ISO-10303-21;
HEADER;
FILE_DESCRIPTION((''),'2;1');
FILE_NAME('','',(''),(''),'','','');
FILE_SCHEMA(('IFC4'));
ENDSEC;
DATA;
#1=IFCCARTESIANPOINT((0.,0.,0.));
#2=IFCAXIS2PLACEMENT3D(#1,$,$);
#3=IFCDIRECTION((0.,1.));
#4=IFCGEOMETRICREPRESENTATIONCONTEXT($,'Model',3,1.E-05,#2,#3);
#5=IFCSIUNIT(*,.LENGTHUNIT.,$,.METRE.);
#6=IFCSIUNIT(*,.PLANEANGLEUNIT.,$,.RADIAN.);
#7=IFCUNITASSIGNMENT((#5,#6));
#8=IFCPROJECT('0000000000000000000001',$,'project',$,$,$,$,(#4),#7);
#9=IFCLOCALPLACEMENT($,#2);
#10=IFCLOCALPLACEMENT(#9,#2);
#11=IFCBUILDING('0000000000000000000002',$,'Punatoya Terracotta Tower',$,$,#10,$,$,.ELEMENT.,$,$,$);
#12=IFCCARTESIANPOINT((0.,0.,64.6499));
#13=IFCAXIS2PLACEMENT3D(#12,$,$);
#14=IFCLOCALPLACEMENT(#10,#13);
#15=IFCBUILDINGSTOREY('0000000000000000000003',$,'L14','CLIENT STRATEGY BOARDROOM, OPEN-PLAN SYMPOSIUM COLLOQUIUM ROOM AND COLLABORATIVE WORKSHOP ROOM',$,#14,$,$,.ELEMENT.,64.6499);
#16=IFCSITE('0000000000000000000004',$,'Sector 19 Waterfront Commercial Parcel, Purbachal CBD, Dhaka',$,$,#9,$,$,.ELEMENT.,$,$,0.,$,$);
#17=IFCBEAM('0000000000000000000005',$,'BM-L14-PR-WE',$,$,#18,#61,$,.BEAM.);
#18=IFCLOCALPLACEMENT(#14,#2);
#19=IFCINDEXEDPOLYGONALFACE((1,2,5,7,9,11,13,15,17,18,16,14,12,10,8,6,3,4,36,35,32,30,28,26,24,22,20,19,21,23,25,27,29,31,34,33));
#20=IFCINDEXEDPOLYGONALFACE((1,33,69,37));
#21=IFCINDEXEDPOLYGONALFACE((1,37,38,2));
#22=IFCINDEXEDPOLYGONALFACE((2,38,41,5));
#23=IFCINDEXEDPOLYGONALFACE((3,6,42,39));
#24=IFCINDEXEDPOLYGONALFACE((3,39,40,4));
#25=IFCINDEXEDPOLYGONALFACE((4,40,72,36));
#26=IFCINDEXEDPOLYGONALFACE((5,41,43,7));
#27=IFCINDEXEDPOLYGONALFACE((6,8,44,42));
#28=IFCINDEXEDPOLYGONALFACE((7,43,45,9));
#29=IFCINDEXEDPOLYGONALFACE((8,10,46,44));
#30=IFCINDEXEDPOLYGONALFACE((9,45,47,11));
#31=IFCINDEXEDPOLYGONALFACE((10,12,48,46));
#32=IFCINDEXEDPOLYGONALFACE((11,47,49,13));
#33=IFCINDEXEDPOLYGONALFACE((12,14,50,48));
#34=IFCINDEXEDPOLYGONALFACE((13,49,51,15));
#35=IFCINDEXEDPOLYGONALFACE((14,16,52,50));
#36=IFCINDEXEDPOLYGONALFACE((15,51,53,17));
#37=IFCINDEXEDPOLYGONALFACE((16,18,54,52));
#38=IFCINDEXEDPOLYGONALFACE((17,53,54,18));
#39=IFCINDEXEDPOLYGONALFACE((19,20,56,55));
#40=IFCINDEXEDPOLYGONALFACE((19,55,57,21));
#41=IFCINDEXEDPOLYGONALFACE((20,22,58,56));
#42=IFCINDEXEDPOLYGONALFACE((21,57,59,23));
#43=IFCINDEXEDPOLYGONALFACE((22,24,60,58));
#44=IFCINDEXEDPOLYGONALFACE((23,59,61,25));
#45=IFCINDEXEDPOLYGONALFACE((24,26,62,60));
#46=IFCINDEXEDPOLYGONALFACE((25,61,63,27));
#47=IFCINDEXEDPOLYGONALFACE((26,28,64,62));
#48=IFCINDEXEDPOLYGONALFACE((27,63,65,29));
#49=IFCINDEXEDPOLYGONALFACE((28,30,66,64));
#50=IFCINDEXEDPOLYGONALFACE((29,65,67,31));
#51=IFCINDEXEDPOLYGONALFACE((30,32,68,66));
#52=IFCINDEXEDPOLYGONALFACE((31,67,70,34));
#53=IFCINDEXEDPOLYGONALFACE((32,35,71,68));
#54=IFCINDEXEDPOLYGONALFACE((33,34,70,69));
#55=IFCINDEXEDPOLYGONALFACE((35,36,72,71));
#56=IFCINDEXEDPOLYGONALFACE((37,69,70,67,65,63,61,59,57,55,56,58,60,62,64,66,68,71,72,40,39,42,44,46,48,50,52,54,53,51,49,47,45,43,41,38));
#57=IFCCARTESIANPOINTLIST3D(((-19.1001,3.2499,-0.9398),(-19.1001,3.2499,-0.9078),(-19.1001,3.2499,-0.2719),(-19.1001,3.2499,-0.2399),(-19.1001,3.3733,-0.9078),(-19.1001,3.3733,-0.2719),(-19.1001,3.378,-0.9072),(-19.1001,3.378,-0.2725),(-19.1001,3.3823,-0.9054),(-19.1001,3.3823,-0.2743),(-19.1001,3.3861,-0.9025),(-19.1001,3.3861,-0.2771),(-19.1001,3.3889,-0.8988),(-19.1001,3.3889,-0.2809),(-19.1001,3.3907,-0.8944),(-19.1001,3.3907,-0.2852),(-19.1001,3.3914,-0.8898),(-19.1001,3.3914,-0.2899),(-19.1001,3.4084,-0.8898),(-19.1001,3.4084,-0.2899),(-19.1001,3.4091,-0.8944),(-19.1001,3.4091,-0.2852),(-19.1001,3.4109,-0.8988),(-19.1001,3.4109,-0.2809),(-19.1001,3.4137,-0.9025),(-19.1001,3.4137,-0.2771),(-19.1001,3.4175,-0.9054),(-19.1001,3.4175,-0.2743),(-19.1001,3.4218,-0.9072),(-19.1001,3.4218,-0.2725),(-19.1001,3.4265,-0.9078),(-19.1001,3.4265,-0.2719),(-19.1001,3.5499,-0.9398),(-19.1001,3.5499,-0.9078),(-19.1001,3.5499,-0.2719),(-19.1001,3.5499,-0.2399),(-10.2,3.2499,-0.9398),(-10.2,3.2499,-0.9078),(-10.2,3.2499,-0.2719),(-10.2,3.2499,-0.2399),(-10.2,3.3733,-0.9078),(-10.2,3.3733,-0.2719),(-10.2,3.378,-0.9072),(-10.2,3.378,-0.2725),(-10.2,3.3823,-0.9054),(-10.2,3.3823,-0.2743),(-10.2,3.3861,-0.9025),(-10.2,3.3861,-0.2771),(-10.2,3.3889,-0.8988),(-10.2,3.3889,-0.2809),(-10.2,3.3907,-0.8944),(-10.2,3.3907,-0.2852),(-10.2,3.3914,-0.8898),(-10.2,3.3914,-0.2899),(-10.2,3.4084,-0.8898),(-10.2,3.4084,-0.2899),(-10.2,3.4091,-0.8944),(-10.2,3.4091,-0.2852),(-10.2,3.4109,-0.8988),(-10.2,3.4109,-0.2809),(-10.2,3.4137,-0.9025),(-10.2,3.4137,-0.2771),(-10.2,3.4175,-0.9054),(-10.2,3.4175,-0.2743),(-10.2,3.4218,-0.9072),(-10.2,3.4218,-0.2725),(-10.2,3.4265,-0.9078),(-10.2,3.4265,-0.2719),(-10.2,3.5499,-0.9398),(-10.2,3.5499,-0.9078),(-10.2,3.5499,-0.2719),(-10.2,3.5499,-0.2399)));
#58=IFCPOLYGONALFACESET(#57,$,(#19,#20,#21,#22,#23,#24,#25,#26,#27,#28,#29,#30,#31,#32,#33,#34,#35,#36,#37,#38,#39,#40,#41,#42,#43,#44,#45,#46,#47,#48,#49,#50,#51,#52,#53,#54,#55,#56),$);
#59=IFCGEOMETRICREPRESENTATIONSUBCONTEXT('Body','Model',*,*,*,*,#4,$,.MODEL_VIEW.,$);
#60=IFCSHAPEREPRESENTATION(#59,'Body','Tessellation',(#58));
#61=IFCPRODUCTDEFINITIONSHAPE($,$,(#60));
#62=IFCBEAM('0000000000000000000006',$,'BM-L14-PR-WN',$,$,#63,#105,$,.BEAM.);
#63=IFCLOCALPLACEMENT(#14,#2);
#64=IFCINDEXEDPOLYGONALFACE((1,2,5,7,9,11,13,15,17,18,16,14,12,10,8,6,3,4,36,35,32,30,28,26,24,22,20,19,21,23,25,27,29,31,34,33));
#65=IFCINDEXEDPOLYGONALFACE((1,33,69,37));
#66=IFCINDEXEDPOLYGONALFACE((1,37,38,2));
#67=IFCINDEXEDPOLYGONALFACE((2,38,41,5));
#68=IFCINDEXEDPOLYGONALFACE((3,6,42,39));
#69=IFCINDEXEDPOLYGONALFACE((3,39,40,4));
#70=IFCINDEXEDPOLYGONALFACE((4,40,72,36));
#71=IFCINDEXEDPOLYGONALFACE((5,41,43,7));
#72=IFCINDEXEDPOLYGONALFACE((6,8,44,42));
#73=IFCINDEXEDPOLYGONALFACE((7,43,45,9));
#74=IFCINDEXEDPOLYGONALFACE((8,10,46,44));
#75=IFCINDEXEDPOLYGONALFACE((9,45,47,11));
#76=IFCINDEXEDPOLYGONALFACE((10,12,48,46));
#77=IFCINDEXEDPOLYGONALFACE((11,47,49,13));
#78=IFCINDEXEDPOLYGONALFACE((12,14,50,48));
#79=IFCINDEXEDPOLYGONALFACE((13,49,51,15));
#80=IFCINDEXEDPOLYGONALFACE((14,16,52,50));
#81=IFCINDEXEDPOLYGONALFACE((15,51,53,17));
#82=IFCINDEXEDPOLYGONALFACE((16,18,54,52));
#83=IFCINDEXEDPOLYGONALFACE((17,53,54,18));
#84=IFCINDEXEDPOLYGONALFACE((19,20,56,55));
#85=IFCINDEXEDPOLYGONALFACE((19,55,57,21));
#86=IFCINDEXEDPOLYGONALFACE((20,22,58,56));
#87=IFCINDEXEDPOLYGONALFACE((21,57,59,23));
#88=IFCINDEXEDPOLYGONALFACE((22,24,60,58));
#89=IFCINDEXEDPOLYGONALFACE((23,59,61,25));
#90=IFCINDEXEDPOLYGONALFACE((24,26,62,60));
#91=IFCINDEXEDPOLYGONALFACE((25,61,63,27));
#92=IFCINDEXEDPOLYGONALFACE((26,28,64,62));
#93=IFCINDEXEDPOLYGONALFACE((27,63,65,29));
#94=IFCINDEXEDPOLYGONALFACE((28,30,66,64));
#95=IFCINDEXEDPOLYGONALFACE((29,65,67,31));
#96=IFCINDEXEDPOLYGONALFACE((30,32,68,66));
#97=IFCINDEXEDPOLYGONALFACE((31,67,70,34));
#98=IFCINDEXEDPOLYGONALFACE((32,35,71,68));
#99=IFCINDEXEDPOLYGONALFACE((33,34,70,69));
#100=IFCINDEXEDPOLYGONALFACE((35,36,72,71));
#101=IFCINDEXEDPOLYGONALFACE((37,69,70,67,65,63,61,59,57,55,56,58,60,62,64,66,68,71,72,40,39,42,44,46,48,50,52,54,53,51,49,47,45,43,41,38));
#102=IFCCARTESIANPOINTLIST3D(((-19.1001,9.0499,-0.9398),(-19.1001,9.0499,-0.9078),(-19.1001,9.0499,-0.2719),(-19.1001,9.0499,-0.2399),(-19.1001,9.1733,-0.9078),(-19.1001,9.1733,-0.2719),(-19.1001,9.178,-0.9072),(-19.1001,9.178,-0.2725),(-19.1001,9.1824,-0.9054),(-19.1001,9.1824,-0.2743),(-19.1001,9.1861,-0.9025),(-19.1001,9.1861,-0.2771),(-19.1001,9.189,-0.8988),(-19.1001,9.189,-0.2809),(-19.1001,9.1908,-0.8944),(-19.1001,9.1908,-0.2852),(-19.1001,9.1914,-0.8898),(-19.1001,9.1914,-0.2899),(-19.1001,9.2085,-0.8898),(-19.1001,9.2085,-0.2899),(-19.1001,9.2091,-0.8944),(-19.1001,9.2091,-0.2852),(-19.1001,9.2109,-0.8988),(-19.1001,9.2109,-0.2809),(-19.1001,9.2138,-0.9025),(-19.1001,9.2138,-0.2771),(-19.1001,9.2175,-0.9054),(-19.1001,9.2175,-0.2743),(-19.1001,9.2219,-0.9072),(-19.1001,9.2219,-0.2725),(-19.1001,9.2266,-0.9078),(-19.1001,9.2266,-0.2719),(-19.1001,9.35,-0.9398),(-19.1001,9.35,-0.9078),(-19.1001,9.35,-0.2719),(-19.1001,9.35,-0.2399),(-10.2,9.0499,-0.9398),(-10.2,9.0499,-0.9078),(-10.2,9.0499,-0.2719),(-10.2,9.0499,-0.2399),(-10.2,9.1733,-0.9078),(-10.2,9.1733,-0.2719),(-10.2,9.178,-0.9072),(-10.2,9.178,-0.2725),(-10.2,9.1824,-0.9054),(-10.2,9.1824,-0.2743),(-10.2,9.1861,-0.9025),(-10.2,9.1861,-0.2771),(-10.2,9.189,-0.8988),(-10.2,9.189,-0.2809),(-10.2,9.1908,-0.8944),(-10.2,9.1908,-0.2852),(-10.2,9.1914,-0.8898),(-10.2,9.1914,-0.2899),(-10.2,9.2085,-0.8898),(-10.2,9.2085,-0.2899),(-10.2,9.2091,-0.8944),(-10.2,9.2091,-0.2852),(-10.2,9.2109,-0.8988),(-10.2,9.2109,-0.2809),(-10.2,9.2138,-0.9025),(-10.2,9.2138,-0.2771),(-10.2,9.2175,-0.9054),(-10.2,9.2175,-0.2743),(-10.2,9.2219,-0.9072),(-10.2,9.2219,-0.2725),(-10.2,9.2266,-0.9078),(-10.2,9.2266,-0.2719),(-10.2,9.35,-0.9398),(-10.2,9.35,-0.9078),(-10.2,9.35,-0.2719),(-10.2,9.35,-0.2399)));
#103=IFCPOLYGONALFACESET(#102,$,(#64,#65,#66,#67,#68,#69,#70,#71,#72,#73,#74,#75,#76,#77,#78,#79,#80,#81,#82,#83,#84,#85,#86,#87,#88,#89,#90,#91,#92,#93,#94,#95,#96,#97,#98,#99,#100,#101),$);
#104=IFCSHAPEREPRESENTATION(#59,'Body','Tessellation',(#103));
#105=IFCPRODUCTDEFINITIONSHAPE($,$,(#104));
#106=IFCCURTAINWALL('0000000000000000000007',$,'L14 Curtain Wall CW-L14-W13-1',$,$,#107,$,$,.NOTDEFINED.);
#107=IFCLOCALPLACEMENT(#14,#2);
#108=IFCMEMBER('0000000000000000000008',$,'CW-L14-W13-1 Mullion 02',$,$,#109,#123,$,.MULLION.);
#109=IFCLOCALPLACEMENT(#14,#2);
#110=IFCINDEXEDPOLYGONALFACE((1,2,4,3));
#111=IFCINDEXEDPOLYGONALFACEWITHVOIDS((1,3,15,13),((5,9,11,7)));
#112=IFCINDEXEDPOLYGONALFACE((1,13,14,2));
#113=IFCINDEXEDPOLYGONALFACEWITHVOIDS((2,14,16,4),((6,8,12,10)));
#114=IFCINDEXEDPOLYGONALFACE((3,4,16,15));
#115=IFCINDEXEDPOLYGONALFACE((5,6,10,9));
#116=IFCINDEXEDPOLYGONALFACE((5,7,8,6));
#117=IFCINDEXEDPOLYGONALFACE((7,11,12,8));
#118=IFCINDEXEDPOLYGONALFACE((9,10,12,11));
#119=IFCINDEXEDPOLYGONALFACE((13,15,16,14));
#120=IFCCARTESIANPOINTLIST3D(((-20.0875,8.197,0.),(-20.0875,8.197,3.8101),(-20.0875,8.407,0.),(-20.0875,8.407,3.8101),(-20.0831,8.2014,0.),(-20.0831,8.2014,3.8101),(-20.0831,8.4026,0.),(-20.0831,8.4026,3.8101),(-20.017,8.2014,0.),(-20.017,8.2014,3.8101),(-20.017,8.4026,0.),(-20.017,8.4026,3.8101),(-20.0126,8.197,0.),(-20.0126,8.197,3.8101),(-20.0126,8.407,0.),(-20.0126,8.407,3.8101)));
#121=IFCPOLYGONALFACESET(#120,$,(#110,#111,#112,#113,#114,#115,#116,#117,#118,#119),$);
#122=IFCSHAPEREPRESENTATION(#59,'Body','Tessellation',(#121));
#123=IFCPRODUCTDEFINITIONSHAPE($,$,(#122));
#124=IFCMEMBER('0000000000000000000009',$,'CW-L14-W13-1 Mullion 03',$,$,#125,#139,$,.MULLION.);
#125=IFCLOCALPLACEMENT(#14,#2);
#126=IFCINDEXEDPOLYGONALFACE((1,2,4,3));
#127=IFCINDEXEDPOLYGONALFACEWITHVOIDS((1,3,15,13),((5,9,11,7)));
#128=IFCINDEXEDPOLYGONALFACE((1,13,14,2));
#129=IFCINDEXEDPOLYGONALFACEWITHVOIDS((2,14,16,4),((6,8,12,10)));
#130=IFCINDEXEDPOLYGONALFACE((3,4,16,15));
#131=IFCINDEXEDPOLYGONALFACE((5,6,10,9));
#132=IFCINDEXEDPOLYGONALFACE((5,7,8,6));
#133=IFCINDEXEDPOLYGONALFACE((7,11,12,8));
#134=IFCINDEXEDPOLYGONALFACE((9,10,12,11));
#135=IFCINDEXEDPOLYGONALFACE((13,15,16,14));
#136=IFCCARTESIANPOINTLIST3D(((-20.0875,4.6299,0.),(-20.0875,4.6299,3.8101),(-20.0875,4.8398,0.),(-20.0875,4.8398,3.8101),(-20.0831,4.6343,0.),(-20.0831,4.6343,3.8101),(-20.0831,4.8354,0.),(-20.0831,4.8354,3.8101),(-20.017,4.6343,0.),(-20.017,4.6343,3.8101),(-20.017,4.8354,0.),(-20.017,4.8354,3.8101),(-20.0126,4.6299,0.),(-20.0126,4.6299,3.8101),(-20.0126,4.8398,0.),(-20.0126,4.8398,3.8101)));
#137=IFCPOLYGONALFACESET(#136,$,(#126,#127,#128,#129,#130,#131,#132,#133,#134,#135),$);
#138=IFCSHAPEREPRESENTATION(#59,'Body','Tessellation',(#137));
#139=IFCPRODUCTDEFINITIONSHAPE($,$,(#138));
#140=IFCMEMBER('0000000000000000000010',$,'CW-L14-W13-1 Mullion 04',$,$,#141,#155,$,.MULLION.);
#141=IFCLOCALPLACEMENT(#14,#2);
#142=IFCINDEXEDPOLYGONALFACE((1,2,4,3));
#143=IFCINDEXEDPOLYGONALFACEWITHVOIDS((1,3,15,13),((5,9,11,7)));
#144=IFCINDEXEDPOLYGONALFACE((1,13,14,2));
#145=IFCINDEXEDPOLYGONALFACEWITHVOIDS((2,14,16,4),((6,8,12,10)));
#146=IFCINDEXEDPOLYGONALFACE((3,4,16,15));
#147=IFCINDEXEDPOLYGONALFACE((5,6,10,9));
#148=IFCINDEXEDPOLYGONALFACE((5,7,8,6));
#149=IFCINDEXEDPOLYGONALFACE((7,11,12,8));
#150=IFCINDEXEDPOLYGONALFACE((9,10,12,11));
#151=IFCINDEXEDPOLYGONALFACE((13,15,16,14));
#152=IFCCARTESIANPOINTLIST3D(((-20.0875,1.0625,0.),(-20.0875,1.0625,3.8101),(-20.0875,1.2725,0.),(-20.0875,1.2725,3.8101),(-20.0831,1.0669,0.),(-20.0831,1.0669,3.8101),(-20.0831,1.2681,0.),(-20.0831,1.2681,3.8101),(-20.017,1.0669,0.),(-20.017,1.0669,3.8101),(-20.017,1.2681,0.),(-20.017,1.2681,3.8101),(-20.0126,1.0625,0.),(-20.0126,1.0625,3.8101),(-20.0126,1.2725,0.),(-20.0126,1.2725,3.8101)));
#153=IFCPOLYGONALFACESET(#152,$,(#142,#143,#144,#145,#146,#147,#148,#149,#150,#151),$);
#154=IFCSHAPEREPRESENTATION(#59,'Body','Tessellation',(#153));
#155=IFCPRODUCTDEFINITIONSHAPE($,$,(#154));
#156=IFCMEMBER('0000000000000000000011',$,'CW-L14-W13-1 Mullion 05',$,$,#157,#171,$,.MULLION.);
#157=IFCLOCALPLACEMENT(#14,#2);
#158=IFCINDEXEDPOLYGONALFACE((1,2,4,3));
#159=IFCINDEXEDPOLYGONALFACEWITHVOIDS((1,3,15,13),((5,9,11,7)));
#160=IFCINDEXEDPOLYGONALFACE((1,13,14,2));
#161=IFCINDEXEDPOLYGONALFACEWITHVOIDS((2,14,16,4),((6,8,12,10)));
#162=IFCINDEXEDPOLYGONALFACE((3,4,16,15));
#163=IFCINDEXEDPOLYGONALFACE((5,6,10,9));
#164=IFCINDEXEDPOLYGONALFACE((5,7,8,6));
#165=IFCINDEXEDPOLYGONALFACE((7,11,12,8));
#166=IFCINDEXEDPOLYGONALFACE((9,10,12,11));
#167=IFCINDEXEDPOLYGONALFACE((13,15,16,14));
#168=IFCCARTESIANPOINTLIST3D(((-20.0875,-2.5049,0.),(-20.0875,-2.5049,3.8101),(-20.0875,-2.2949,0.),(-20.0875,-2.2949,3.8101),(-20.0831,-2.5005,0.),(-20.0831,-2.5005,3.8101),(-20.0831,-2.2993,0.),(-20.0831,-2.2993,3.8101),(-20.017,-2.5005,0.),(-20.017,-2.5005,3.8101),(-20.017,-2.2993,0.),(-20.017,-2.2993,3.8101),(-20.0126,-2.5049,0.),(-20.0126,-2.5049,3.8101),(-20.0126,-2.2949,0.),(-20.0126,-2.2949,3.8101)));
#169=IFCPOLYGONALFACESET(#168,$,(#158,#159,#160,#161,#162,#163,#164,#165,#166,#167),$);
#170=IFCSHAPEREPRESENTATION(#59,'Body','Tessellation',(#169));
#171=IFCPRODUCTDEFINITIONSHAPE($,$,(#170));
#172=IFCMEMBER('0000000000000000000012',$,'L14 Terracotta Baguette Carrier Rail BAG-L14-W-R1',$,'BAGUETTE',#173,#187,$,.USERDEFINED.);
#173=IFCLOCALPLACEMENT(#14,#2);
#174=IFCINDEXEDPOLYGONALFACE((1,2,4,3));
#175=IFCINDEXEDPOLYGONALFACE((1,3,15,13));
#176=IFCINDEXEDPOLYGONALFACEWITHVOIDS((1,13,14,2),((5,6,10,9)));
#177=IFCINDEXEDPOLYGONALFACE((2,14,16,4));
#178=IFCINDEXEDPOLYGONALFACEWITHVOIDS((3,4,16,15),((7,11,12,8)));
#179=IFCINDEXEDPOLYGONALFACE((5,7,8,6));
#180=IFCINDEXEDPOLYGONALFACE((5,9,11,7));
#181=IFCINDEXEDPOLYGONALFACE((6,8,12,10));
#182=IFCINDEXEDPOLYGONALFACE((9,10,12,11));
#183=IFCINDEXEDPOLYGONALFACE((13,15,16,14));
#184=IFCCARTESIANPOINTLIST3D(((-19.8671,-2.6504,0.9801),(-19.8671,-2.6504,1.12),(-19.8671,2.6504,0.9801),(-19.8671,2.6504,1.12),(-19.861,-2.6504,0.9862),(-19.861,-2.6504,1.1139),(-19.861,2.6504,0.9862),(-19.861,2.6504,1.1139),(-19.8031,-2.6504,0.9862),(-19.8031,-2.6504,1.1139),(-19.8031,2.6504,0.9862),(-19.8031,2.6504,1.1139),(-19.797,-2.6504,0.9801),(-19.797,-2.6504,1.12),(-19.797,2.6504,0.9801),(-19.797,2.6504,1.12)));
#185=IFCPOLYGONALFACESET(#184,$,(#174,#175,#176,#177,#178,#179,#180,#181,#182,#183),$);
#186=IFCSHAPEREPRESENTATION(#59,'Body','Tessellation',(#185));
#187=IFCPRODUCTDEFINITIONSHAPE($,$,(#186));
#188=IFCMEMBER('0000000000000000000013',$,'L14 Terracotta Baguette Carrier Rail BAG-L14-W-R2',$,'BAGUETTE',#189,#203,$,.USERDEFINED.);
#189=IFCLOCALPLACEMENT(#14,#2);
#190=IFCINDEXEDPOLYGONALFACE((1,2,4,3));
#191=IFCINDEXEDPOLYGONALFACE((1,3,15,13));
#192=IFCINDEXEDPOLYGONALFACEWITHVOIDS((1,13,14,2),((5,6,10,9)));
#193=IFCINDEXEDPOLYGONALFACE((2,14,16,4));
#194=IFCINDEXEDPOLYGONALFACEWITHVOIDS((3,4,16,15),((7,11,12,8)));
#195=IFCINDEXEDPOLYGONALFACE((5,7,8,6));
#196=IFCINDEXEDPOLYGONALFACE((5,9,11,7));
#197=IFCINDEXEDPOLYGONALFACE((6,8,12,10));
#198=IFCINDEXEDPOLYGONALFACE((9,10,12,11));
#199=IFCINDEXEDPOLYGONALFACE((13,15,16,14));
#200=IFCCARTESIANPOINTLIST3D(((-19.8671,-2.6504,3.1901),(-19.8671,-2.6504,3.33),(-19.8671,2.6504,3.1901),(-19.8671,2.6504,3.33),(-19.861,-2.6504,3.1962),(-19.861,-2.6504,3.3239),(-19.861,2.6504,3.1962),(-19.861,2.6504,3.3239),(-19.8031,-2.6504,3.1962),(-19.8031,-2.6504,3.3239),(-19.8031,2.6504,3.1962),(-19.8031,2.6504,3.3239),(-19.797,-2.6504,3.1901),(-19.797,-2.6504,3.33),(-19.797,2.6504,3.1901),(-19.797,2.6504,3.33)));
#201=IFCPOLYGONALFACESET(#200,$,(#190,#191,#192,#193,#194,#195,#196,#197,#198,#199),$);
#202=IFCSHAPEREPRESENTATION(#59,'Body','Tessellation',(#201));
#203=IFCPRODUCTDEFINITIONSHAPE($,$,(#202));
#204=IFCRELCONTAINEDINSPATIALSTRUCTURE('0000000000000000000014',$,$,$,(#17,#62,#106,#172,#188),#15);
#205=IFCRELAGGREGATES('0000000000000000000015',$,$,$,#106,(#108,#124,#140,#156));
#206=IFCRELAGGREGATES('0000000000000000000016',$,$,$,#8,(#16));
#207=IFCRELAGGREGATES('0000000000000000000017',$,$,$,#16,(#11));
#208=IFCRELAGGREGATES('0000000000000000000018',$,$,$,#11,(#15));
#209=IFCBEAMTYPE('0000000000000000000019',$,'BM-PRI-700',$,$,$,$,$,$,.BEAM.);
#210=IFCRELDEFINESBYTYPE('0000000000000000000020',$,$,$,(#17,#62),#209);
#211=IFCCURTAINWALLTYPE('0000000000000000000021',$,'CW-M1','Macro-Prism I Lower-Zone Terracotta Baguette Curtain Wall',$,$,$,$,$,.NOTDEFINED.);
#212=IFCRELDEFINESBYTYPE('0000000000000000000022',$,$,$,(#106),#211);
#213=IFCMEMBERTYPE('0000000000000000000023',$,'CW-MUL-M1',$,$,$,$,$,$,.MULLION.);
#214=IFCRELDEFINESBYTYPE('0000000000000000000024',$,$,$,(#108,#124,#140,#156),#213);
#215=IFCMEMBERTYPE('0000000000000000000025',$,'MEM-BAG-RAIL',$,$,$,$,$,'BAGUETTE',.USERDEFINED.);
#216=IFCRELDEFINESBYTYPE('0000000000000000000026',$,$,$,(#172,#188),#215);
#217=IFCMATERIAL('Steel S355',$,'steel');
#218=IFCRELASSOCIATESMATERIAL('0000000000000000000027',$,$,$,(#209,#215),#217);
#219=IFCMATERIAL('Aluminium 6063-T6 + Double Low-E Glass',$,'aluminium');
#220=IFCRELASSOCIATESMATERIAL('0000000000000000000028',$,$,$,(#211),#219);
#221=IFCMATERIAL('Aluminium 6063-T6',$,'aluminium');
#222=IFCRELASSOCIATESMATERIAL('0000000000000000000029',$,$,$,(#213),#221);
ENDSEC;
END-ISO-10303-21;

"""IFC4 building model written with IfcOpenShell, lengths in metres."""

from ifc_helpers import new_model, si_unit, direction, frame, origin, origin_2d, place, context, subcontext, project, spatial, hollow_rectangle, i_section, extrude, material, material_profile, profile_set, type_object, element, aggregate, save


model = new_model("IFC4")

# Units and contexts
model_context = context("Model", 3, precision=1e-05, world=origin(), true_north=direction((0.0, 1.0)))
body_context = subcontext(model_context, "Body", "Model", "MODEL_VIEW")
ifc_project = project(units=[si_unit("LENGTHUNIT", "METRE"), si_unit("PLANEANGLEUNIT", "RADIAN")], contexts=[model_context])

# Site, building, storey
site_placement = place(None, origin())
site = spatial("IfcSite", under=ifc_project, at=site_placement, Name="Sector 19 Waterfront Commercial Parcel, Purbachal CBD, Dhaka", CompositionType="ELEMENT", RefElevation=0.0)
building_placement = place(site_placement, origin())
building = spatial("IfcBuilding", under=site, at=building_placement, Name="Punatoya Terracotta Tower", CompositionType="ELEMENT")
storey_placement = place(building_placement, frame((0.0, 0.0, 64.6499)))
storey = spatial("IfcBuildingStorey", under=building, at=storey_placement, Name="L14", Description="CLIENT STRATEGY BOARDROOM, OPEN-PLAN SYMPOSIUM COLLOQUIUM ROOM AND COLLABORATIVE WORKSHOP ROOM", CompositionType="ELEMENT", Elevation=64.6499)

# Beams
ifc_material_1 = material(Name="Steel S355", Category="steel")
ifc_material_profile_1 = material_profile(ifc_material_1, i_section(OverallWidth=0.3, OverallDepth=0.7, WebThickness=0.0171, FlangeThickness=0.032, FilletRadius=0.0181, at=origin_2d()))
ifc_profile_set_1 = profile_set([ifc_material_profile_1], Name="Steel S355")
beam_type = type_object("IfcBeamType", Name="BM-PRI-700", PredefinedType="BEAM", material=ifc_profile_set_1)
for number, where, z_axis, x_axis, name in (
    (1, (-19.1001, 3.3999, -0.5898), (1.0, 0.0, 0.0), (0.0, 1.0, 0.0), "BM-L14-PR-WE"),
    (2, (-19.1001, 9.2, -0.5898), (1.0, 0.0, 0.0), (0.0, 1.0, 0.0), "BM-L14-PR-WN"),
):
    element("IfcBeam", number, at=place(storey_placement, frame(where, z_axis=z_axis, x_axis=x_axis)), inside=storey, type_object=beam_type, Name=name, PredefinedType="BEAM", context=body_context, shape_type="SweptSolid", body=[
        extrude(i_section(OverallWidth=0.3, OverallDepth=0.7, WebThickness=0.0171, FlangeThickness=0.032, FilletRadius=0.0181, at=origin_2d()), origin(), (0.0, 0.0, 1.0), 8.9001),
    ])

# Curtain wall, members
ifc_material_2 = material(Name="Aluminium 6063-T6 + Double Low-E Glass", Category="aluminium")
curtain_wall_type = type_object("IfcCurtainWallType", Name="CW-M1", Description="Macro-Prism I Lower-Zone Terracotta Baguette Curtain Wall", PredefinedType="NOTDEFINED", material=ifc_material_2)
curtain_wall_placement = place(storey_placement, origin())
curtain_wall = element("IfcCurtainWall", 3, at=curtain_wall_placement, inside=storey, type_object=curtain_wall_type, Name="L14 Curtain Wall CW-L14-W13-1", PredefinedType="NOTDEFINED")
ifc_material_3 = material(Name="Aluminium 6063-T6", Category="aluminium")
ifc_material_profile_2 = material_profile(ifc_material_3, hollow_rectangle(XDim=0.075, YDim=0.21, WallThickness=0.0044, at=origin_2d()))
ifc_profile_set_2 = profile_set([ifc_material_profile_2], Name="Aluminium 6063-T6")
member_type_1 = type_object("IfcMemberType", Name="CW-MUL-M1", PredefinedType="MULLION", material=ifc_profile_set_2)
member_1_placement = place(storey_placement, frame((-20.05, 8.302, 0.0), z_axis=(0.0, 0.0, 1.0), x_axis=(1.0, 0.0, 0.0)))
member_1 = element("IfcMember", 4, at=member_1_placement, type_object=member_type_1, Name="CW-L14-W13-1 Mullion 02", PredefinedType="MULLION", context=body_context, shape_type="SweptSolid", body=[
    extrude(hollow_rectangle(XDim=0.075, YDim=0.21, WallThickness=0.0044, at=origin_2d()), origin(), (0.0, 0.0, 1.0), 3.8101),
])
member_2_placement = place(storey_placement, frame((-20.05, 4.7349, 0.0), z_axis=(0.0, 0.0, 1.0), x_axis=(1.0, 0.0, 0.0)))
member_2 = element("IfcMember", 5, at=member_2_placement, type_object=member_type_1, Name="CW-L14-W13-1 Mullion 03", PredefinedType="MULLION", context=body_context, shape_type="SweptSolid", body=[
    extrude(hollow_rectangle(XDim=0.075, YDim=0.21, WallThickness=0.0044, at=origin_2d()), origin(), (0.0, 0.0, 1.0), 3.8101),
])
member_3_placement = place(storey_placement, frame((-20.05, 1.1675, 0.0), z_axis=(0.0, 0.0, 1.0), x_axis=(1.0, 0.0, 0.0)))
member_3 = element("IfcMember", 6, at=member_3_placement, type_object=member_type_1, Name="CW-L14-W13-1 Mullion 04", PredefinedType="MULLION", context=body_context, shape_type="SweptSolid", body=[
    extrude(hollow_rectangle(XDim=0.075, YDim=0.21, WallThickness=0.0044, at=origin_2d()), origin(), (0.0, 0.0, 1.0), 3.8101),
])
member_4_placement = place(storey_placement, frame((-20.05, -2.3999, 0.0), z_axis=(0.0, 0.0, 1.0), x_axis=(1.0, 0.0, 0.0)))
member_4 = element("IfcMember", 7, at=member_4_placement, type_object=member_type_1, Name="CW-L14-W13-1 Mullion 05", PredefinedType="MULLION", context=body_context, shape_type="SweptSolid", body=[
    extrude(hollow_rectangle(XDim=0.075, YDim=0.21, WallThickness=0.0044, at=origin_2d()), origin(), (0.0, 0.0, 1.0), 3.8101),
])

# Members
ifc_material_profile_3 = material_profile(ifc_material_1, hollow_rectangle(XDim=0.0701, YDim=0.1399, WallThickness=0.0061, at=origin_2d()))
ifc_profile_set_3 = profile_set([ifc_material_profile_3], Name="Steel S355")
member_type_2 = type_object("IfcMemberType", Name="MEM-BAG-RAIL", ElementType="BAGUETTE", PredefinedType="USERDEFINED", material=ifc_profile_set_3)
for number, where, z_axis, x_axis, name in (
    (8, (-19.832, -2.6504, 1.05), (0.0, 1.0, 0.0), (-1.0, 0.0, 0.0), "L14 Terracotta Baguette Carrier Rail BAG-L14-W-R1"),
    (9, (-19.832, -2.6504, 3.26), (0.0, 1.0, 0.0), (-1.0, 0.0, 0.0), "L14 Terracotta Baguette Carrier Rail BAG-L14-W-R2"),
):
    element("IfcMember", number, at=place(storey_placement, frame(where, z_axis=z_axis, x_axis=x_axis)), inside=storey, type_object=member_type_2, Name=name, ObjectType="BAGUETTE", PredefinedType="USERDEFINED", context=body_context, shape_type="SweptSolid", body=[
        extrude(hollow_rectangle(XDim=0.0701, YDim=0.1399, WallThickness=0.0061, at=origin_2d()), origin(), (0.0, 0.0, 1.0), 5.3008),
    ])

aggregate(curtain_wall, [member_1, member_2, member_3, member_4])

save(model, "model.ifc")
